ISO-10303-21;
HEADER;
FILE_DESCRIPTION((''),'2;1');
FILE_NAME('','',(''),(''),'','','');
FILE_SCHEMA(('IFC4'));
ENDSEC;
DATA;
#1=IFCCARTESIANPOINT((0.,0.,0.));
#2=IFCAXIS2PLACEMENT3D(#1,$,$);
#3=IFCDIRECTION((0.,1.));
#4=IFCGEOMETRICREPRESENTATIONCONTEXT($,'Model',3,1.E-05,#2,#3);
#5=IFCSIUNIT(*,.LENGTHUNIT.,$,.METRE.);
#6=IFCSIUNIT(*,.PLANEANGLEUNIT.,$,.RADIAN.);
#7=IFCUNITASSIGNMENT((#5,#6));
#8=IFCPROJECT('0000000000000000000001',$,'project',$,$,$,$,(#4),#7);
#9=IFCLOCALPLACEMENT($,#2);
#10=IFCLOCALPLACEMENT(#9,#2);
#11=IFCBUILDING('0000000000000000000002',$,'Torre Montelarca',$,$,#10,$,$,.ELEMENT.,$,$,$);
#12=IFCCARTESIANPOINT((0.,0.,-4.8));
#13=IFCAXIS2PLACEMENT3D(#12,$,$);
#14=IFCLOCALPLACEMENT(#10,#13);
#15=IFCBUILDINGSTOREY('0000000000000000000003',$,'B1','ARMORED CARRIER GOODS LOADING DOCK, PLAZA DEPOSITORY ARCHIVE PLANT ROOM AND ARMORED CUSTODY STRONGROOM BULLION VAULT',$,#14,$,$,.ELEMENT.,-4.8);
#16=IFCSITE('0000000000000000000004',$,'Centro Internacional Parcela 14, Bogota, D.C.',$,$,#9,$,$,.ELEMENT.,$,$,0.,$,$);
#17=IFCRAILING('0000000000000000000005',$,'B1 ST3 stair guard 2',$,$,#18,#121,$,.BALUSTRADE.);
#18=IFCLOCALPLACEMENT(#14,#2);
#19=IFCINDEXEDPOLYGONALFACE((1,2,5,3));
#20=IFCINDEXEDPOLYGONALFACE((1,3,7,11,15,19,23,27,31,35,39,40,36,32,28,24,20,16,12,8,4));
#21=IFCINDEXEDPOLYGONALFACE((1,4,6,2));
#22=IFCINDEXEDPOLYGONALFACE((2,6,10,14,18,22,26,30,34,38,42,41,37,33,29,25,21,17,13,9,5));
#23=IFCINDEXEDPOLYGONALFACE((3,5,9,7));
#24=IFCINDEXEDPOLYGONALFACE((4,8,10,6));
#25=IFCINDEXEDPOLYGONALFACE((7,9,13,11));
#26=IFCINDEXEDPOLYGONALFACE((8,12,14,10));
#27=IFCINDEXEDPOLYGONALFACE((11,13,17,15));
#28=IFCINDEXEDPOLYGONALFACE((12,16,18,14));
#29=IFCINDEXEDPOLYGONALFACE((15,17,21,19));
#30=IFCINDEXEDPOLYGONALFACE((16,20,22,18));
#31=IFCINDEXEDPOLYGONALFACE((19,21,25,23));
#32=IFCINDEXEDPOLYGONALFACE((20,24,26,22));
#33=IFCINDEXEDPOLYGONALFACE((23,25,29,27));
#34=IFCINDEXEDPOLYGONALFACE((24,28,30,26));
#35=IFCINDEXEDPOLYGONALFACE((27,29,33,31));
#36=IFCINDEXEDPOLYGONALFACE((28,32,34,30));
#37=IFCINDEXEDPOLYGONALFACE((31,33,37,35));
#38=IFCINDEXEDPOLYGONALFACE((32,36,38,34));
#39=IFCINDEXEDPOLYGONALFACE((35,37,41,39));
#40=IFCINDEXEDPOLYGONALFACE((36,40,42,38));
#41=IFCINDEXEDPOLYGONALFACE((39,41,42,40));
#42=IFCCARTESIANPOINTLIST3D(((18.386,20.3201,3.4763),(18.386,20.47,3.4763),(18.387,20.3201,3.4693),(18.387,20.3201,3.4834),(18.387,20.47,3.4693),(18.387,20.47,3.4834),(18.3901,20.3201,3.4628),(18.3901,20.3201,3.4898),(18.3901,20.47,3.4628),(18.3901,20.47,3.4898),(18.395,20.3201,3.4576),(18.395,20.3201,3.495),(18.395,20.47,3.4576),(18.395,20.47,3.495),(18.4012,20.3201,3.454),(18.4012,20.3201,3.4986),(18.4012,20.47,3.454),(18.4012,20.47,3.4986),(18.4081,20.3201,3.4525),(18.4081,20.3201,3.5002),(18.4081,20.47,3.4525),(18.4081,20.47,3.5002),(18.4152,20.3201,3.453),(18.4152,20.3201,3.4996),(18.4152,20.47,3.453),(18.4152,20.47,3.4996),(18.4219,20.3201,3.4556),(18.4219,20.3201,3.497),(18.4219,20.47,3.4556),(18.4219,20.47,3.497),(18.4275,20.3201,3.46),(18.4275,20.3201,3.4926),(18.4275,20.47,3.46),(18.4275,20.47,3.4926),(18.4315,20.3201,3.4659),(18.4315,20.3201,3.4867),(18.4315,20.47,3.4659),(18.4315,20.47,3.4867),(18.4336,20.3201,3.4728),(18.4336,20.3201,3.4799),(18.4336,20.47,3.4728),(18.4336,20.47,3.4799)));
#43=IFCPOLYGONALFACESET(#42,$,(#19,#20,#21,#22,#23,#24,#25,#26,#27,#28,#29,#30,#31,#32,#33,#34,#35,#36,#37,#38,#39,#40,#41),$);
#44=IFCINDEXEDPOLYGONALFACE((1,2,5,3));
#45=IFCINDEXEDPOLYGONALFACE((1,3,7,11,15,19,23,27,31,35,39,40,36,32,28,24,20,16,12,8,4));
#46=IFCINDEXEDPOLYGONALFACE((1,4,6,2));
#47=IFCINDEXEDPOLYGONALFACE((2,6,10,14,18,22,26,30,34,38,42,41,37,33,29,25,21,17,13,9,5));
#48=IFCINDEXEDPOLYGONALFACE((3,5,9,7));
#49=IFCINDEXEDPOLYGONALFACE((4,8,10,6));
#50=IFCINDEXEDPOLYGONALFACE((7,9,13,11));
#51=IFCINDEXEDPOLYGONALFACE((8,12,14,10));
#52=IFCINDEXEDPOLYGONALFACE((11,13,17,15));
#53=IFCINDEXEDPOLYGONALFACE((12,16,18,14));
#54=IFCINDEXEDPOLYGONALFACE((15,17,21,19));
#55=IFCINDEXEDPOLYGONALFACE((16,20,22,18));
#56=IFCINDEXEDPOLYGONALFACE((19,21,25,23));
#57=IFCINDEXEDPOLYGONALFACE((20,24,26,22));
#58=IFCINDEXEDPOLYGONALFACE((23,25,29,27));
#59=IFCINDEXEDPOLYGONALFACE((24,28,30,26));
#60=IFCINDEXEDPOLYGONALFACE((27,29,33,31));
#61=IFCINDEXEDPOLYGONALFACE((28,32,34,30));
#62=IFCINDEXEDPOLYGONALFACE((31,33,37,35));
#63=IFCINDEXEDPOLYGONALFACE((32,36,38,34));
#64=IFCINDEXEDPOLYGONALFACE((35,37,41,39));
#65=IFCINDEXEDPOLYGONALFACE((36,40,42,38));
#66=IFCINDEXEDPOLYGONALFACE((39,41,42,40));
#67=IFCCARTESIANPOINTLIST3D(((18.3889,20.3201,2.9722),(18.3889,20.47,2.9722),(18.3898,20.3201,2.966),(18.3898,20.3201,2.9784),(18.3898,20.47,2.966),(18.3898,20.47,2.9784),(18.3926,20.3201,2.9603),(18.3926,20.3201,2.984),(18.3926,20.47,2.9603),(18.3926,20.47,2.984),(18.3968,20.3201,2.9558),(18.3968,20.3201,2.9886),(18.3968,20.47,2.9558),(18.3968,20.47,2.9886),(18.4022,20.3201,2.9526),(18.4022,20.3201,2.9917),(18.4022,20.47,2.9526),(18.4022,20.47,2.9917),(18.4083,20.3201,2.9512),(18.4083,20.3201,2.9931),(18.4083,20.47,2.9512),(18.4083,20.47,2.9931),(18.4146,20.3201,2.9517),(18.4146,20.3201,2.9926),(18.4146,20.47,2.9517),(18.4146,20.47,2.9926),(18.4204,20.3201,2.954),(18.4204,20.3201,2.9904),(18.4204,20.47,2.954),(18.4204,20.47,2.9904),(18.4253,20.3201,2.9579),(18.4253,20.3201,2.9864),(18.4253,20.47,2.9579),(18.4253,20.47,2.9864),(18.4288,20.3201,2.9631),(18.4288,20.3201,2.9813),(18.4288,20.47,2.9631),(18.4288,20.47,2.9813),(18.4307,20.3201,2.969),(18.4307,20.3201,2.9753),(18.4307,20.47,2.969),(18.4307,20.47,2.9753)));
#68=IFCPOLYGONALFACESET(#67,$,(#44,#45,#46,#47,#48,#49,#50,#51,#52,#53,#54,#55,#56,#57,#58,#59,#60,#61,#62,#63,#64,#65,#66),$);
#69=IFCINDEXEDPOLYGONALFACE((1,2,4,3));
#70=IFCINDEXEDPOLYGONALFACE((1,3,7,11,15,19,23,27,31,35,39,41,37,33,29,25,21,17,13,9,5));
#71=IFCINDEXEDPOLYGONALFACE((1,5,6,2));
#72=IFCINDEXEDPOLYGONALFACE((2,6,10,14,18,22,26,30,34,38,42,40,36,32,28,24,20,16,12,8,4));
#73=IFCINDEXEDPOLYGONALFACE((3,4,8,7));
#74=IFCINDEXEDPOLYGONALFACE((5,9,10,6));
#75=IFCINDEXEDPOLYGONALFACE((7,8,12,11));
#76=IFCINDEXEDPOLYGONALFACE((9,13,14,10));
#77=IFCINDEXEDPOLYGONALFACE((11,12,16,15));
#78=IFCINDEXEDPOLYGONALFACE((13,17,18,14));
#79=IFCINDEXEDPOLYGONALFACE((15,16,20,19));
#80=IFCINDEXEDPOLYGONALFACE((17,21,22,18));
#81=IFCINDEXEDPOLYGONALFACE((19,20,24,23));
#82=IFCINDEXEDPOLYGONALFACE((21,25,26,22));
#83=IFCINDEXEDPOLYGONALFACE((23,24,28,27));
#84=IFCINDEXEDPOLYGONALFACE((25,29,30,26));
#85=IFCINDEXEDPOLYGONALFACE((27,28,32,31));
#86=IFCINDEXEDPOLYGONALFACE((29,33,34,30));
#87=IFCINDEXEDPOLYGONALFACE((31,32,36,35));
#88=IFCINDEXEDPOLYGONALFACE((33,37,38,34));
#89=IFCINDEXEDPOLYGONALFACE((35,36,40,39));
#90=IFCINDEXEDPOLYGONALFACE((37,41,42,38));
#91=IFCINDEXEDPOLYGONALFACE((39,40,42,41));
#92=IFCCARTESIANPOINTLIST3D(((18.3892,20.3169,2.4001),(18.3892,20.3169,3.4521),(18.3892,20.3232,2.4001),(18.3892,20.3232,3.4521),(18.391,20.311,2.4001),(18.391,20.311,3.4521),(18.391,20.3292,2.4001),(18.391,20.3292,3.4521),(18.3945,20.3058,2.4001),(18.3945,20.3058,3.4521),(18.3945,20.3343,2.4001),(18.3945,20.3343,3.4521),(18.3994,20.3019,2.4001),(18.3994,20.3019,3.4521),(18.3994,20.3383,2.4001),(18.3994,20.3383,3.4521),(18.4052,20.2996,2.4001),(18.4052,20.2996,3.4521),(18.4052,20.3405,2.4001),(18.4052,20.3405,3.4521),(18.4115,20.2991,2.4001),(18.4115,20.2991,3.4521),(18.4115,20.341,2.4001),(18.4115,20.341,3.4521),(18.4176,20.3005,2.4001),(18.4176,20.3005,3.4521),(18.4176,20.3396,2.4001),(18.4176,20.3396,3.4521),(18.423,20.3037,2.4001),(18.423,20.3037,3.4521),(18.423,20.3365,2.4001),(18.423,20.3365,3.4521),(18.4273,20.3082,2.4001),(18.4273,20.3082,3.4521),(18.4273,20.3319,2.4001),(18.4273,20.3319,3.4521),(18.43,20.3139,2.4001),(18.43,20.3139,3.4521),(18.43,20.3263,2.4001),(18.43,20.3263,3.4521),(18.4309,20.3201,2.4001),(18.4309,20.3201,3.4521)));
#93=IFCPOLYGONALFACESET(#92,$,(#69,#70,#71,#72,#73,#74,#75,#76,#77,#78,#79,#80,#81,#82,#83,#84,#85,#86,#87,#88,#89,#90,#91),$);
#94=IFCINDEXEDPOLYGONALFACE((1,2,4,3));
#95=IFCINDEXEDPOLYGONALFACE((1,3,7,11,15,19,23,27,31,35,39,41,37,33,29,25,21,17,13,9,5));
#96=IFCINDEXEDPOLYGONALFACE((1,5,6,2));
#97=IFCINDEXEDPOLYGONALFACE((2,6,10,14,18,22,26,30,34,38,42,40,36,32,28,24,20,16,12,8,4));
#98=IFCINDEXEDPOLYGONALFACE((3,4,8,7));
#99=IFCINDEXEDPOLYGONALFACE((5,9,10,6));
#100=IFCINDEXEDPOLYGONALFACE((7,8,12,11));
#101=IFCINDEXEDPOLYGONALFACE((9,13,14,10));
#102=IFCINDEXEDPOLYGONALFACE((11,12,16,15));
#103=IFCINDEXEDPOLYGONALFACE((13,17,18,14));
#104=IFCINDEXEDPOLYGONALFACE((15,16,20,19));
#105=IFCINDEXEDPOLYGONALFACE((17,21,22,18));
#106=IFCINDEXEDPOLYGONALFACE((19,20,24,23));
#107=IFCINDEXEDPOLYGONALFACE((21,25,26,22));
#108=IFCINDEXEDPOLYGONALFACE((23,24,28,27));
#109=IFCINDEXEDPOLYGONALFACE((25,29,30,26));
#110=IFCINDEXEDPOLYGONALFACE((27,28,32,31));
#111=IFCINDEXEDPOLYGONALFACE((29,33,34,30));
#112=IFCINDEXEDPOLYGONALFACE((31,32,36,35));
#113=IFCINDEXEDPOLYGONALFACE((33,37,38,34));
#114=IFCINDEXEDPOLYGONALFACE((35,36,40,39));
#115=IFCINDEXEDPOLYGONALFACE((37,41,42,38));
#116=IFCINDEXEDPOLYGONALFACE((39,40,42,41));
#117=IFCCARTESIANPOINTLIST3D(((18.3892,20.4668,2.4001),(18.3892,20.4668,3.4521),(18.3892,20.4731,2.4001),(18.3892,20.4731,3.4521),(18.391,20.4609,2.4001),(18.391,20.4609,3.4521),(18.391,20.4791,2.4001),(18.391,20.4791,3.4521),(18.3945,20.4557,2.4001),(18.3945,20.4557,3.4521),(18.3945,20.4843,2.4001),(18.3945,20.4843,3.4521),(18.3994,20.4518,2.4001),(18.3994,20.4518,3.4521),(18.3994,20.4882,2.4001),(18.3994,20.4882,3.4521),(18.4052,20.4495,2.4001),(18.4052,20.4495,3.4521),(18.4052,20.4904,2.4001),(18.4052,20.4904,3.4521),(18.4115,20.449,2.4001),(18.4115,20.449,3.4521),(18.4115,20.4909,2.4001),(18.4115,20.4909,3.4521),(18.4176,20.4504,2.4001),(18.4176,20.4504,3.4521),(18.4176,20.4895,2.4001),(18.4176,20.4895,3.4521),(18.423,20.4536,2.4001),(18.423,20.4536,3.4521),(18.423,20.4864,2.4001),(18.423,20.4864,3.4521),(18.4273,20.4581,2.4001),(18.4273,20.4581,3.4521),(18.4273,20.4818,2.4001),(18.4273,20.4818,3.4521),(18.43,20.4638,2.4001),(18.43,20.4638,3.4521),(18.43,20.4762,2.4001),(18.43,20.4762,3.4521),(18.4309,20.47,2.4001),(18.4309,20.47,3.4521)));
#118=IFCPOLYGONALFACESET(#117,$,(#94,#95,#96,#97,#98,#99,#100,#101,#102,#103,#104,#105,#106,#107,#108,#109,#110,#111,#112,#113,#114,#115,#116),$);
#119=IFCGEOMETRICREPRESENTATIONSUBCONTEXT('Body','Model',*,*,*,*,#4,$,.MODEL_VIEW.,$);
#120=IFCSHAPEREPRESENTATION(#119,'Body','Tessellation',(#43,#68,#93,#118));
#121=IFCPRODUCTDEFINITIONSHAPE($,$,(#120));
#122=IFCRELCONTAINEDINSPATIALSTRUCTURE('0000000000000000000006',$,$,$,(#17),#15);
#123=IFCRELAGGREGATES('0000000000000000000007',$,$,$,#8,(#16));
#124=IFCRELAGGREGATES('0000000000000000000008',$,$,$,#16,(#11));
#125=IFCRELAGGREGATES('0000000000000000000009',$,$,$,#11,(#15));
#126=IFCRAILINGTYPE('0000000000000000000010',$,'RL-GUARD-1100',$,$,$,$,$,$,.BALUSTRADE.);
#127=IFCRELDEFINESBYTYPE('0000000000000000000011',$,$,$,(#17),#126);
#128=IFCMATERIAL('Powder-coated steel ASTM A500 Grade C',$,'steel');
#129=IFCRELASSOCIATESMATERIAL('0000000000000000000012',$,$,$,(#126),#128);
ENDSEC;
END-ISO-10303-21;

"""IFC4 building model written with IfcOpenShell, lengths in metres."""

from ifc_helpers import new_model, si_unit, direction, frame, origin, origin_2d, place, context, subcontext, project, spatial, circle, extrude, material, type_object, element, save


model = new_model("IFC4")

# Units and contexts
model_context = context("Model", 3, precision=1e-05, world=origin(), true_north=direction((0.0, 1.0)))
body_context = subcontext(model_context, "Body", "Model", "MODEL_VIEW")
ifc_project = project(units=[si_unit("LENGTHUNIT", "METRE"), si_unit("PLANEANGLEUNIT", "RADIAN")], contexts=[model_context])

# Site, building, storey
site_placement = place(None, origin())
site = spatial("IfcSite", under=ifc_project, at=site_placement, Name="Centro Internacional Parcela 14, Bogota, D.C.", CompositionType="ELEMENT", RefElevation=0.0)
building_placement = place(site_placement, origin())
building = spatial("IfcBuilding", under=site, at=building_placement, Name="Torre Montelarca", CompositionType="ELEMENT")
storey_placement = place(building_placement, frame((0.0, 0.0, -4.8)))
storey = spatial("IfcBuildingStorey", under=building, at=storey_placement, Name="B1", Description="ARMORED CARRIER GOODS LOADING DOCK, PLAZA DEPOSITORY ARCHIVE PLANT ROOM AND ARMORED CUSTODY STRONGROOM BULLION VAULT", CompositionType="ELEMENT", Elevation=-4.8)

# Railing
ifc_material_1 = material(Name="Powder-coated steel ASTM A500 Grade C", Category="steel")
railing_type_1 = type_object("IfcRailingType", Name="RL-GUARD-1100", PredefinedType="BALUSTRADE", material=ifc_material_1)
railing_1_placement = place(storey_placement, frame((18.4099, 20.3201, 2.4001)))
element("IfcRailing", 1, at=railing_1_placement, inside=storey, type_object=railing_type_1, Name="B1 ST3 stair guard 2", PredefinedType="BALUSTRADE", context=body_context, shape_type="SweptSolid", body=[
    extrude(circle(Radius=0.0239, at=origin_2d()), frame((0.0, 0.0, 1.0762), z_axis=(0.0, 1.0, 0.0), x_axis=(-1.0, 0.0, 0.0)), (0.0, 0.0, 1.0), 0.1499),
    extrude(circle(Radius=0.021, at=origin_2d()), frame((0.0, 0.0, 0.572), z_axis=(0.0, 1.0, 0.0), x_axis=(-1.0, 0.0, 0.0)), (0.0, 0.0, 1.0), 0.1499),
    extrude(circle(Radius=0.021, at=origin_2d()), origin(), (0.0, 0.0, 1.0), 1.052),
    extrude(circle(Radius=0.021, at=origin_2d()), frame((0.0, 0.1499, 0.0)), (0.0, 0.0, 1.0), 1.052),
])

save(model, "model.ifc")
